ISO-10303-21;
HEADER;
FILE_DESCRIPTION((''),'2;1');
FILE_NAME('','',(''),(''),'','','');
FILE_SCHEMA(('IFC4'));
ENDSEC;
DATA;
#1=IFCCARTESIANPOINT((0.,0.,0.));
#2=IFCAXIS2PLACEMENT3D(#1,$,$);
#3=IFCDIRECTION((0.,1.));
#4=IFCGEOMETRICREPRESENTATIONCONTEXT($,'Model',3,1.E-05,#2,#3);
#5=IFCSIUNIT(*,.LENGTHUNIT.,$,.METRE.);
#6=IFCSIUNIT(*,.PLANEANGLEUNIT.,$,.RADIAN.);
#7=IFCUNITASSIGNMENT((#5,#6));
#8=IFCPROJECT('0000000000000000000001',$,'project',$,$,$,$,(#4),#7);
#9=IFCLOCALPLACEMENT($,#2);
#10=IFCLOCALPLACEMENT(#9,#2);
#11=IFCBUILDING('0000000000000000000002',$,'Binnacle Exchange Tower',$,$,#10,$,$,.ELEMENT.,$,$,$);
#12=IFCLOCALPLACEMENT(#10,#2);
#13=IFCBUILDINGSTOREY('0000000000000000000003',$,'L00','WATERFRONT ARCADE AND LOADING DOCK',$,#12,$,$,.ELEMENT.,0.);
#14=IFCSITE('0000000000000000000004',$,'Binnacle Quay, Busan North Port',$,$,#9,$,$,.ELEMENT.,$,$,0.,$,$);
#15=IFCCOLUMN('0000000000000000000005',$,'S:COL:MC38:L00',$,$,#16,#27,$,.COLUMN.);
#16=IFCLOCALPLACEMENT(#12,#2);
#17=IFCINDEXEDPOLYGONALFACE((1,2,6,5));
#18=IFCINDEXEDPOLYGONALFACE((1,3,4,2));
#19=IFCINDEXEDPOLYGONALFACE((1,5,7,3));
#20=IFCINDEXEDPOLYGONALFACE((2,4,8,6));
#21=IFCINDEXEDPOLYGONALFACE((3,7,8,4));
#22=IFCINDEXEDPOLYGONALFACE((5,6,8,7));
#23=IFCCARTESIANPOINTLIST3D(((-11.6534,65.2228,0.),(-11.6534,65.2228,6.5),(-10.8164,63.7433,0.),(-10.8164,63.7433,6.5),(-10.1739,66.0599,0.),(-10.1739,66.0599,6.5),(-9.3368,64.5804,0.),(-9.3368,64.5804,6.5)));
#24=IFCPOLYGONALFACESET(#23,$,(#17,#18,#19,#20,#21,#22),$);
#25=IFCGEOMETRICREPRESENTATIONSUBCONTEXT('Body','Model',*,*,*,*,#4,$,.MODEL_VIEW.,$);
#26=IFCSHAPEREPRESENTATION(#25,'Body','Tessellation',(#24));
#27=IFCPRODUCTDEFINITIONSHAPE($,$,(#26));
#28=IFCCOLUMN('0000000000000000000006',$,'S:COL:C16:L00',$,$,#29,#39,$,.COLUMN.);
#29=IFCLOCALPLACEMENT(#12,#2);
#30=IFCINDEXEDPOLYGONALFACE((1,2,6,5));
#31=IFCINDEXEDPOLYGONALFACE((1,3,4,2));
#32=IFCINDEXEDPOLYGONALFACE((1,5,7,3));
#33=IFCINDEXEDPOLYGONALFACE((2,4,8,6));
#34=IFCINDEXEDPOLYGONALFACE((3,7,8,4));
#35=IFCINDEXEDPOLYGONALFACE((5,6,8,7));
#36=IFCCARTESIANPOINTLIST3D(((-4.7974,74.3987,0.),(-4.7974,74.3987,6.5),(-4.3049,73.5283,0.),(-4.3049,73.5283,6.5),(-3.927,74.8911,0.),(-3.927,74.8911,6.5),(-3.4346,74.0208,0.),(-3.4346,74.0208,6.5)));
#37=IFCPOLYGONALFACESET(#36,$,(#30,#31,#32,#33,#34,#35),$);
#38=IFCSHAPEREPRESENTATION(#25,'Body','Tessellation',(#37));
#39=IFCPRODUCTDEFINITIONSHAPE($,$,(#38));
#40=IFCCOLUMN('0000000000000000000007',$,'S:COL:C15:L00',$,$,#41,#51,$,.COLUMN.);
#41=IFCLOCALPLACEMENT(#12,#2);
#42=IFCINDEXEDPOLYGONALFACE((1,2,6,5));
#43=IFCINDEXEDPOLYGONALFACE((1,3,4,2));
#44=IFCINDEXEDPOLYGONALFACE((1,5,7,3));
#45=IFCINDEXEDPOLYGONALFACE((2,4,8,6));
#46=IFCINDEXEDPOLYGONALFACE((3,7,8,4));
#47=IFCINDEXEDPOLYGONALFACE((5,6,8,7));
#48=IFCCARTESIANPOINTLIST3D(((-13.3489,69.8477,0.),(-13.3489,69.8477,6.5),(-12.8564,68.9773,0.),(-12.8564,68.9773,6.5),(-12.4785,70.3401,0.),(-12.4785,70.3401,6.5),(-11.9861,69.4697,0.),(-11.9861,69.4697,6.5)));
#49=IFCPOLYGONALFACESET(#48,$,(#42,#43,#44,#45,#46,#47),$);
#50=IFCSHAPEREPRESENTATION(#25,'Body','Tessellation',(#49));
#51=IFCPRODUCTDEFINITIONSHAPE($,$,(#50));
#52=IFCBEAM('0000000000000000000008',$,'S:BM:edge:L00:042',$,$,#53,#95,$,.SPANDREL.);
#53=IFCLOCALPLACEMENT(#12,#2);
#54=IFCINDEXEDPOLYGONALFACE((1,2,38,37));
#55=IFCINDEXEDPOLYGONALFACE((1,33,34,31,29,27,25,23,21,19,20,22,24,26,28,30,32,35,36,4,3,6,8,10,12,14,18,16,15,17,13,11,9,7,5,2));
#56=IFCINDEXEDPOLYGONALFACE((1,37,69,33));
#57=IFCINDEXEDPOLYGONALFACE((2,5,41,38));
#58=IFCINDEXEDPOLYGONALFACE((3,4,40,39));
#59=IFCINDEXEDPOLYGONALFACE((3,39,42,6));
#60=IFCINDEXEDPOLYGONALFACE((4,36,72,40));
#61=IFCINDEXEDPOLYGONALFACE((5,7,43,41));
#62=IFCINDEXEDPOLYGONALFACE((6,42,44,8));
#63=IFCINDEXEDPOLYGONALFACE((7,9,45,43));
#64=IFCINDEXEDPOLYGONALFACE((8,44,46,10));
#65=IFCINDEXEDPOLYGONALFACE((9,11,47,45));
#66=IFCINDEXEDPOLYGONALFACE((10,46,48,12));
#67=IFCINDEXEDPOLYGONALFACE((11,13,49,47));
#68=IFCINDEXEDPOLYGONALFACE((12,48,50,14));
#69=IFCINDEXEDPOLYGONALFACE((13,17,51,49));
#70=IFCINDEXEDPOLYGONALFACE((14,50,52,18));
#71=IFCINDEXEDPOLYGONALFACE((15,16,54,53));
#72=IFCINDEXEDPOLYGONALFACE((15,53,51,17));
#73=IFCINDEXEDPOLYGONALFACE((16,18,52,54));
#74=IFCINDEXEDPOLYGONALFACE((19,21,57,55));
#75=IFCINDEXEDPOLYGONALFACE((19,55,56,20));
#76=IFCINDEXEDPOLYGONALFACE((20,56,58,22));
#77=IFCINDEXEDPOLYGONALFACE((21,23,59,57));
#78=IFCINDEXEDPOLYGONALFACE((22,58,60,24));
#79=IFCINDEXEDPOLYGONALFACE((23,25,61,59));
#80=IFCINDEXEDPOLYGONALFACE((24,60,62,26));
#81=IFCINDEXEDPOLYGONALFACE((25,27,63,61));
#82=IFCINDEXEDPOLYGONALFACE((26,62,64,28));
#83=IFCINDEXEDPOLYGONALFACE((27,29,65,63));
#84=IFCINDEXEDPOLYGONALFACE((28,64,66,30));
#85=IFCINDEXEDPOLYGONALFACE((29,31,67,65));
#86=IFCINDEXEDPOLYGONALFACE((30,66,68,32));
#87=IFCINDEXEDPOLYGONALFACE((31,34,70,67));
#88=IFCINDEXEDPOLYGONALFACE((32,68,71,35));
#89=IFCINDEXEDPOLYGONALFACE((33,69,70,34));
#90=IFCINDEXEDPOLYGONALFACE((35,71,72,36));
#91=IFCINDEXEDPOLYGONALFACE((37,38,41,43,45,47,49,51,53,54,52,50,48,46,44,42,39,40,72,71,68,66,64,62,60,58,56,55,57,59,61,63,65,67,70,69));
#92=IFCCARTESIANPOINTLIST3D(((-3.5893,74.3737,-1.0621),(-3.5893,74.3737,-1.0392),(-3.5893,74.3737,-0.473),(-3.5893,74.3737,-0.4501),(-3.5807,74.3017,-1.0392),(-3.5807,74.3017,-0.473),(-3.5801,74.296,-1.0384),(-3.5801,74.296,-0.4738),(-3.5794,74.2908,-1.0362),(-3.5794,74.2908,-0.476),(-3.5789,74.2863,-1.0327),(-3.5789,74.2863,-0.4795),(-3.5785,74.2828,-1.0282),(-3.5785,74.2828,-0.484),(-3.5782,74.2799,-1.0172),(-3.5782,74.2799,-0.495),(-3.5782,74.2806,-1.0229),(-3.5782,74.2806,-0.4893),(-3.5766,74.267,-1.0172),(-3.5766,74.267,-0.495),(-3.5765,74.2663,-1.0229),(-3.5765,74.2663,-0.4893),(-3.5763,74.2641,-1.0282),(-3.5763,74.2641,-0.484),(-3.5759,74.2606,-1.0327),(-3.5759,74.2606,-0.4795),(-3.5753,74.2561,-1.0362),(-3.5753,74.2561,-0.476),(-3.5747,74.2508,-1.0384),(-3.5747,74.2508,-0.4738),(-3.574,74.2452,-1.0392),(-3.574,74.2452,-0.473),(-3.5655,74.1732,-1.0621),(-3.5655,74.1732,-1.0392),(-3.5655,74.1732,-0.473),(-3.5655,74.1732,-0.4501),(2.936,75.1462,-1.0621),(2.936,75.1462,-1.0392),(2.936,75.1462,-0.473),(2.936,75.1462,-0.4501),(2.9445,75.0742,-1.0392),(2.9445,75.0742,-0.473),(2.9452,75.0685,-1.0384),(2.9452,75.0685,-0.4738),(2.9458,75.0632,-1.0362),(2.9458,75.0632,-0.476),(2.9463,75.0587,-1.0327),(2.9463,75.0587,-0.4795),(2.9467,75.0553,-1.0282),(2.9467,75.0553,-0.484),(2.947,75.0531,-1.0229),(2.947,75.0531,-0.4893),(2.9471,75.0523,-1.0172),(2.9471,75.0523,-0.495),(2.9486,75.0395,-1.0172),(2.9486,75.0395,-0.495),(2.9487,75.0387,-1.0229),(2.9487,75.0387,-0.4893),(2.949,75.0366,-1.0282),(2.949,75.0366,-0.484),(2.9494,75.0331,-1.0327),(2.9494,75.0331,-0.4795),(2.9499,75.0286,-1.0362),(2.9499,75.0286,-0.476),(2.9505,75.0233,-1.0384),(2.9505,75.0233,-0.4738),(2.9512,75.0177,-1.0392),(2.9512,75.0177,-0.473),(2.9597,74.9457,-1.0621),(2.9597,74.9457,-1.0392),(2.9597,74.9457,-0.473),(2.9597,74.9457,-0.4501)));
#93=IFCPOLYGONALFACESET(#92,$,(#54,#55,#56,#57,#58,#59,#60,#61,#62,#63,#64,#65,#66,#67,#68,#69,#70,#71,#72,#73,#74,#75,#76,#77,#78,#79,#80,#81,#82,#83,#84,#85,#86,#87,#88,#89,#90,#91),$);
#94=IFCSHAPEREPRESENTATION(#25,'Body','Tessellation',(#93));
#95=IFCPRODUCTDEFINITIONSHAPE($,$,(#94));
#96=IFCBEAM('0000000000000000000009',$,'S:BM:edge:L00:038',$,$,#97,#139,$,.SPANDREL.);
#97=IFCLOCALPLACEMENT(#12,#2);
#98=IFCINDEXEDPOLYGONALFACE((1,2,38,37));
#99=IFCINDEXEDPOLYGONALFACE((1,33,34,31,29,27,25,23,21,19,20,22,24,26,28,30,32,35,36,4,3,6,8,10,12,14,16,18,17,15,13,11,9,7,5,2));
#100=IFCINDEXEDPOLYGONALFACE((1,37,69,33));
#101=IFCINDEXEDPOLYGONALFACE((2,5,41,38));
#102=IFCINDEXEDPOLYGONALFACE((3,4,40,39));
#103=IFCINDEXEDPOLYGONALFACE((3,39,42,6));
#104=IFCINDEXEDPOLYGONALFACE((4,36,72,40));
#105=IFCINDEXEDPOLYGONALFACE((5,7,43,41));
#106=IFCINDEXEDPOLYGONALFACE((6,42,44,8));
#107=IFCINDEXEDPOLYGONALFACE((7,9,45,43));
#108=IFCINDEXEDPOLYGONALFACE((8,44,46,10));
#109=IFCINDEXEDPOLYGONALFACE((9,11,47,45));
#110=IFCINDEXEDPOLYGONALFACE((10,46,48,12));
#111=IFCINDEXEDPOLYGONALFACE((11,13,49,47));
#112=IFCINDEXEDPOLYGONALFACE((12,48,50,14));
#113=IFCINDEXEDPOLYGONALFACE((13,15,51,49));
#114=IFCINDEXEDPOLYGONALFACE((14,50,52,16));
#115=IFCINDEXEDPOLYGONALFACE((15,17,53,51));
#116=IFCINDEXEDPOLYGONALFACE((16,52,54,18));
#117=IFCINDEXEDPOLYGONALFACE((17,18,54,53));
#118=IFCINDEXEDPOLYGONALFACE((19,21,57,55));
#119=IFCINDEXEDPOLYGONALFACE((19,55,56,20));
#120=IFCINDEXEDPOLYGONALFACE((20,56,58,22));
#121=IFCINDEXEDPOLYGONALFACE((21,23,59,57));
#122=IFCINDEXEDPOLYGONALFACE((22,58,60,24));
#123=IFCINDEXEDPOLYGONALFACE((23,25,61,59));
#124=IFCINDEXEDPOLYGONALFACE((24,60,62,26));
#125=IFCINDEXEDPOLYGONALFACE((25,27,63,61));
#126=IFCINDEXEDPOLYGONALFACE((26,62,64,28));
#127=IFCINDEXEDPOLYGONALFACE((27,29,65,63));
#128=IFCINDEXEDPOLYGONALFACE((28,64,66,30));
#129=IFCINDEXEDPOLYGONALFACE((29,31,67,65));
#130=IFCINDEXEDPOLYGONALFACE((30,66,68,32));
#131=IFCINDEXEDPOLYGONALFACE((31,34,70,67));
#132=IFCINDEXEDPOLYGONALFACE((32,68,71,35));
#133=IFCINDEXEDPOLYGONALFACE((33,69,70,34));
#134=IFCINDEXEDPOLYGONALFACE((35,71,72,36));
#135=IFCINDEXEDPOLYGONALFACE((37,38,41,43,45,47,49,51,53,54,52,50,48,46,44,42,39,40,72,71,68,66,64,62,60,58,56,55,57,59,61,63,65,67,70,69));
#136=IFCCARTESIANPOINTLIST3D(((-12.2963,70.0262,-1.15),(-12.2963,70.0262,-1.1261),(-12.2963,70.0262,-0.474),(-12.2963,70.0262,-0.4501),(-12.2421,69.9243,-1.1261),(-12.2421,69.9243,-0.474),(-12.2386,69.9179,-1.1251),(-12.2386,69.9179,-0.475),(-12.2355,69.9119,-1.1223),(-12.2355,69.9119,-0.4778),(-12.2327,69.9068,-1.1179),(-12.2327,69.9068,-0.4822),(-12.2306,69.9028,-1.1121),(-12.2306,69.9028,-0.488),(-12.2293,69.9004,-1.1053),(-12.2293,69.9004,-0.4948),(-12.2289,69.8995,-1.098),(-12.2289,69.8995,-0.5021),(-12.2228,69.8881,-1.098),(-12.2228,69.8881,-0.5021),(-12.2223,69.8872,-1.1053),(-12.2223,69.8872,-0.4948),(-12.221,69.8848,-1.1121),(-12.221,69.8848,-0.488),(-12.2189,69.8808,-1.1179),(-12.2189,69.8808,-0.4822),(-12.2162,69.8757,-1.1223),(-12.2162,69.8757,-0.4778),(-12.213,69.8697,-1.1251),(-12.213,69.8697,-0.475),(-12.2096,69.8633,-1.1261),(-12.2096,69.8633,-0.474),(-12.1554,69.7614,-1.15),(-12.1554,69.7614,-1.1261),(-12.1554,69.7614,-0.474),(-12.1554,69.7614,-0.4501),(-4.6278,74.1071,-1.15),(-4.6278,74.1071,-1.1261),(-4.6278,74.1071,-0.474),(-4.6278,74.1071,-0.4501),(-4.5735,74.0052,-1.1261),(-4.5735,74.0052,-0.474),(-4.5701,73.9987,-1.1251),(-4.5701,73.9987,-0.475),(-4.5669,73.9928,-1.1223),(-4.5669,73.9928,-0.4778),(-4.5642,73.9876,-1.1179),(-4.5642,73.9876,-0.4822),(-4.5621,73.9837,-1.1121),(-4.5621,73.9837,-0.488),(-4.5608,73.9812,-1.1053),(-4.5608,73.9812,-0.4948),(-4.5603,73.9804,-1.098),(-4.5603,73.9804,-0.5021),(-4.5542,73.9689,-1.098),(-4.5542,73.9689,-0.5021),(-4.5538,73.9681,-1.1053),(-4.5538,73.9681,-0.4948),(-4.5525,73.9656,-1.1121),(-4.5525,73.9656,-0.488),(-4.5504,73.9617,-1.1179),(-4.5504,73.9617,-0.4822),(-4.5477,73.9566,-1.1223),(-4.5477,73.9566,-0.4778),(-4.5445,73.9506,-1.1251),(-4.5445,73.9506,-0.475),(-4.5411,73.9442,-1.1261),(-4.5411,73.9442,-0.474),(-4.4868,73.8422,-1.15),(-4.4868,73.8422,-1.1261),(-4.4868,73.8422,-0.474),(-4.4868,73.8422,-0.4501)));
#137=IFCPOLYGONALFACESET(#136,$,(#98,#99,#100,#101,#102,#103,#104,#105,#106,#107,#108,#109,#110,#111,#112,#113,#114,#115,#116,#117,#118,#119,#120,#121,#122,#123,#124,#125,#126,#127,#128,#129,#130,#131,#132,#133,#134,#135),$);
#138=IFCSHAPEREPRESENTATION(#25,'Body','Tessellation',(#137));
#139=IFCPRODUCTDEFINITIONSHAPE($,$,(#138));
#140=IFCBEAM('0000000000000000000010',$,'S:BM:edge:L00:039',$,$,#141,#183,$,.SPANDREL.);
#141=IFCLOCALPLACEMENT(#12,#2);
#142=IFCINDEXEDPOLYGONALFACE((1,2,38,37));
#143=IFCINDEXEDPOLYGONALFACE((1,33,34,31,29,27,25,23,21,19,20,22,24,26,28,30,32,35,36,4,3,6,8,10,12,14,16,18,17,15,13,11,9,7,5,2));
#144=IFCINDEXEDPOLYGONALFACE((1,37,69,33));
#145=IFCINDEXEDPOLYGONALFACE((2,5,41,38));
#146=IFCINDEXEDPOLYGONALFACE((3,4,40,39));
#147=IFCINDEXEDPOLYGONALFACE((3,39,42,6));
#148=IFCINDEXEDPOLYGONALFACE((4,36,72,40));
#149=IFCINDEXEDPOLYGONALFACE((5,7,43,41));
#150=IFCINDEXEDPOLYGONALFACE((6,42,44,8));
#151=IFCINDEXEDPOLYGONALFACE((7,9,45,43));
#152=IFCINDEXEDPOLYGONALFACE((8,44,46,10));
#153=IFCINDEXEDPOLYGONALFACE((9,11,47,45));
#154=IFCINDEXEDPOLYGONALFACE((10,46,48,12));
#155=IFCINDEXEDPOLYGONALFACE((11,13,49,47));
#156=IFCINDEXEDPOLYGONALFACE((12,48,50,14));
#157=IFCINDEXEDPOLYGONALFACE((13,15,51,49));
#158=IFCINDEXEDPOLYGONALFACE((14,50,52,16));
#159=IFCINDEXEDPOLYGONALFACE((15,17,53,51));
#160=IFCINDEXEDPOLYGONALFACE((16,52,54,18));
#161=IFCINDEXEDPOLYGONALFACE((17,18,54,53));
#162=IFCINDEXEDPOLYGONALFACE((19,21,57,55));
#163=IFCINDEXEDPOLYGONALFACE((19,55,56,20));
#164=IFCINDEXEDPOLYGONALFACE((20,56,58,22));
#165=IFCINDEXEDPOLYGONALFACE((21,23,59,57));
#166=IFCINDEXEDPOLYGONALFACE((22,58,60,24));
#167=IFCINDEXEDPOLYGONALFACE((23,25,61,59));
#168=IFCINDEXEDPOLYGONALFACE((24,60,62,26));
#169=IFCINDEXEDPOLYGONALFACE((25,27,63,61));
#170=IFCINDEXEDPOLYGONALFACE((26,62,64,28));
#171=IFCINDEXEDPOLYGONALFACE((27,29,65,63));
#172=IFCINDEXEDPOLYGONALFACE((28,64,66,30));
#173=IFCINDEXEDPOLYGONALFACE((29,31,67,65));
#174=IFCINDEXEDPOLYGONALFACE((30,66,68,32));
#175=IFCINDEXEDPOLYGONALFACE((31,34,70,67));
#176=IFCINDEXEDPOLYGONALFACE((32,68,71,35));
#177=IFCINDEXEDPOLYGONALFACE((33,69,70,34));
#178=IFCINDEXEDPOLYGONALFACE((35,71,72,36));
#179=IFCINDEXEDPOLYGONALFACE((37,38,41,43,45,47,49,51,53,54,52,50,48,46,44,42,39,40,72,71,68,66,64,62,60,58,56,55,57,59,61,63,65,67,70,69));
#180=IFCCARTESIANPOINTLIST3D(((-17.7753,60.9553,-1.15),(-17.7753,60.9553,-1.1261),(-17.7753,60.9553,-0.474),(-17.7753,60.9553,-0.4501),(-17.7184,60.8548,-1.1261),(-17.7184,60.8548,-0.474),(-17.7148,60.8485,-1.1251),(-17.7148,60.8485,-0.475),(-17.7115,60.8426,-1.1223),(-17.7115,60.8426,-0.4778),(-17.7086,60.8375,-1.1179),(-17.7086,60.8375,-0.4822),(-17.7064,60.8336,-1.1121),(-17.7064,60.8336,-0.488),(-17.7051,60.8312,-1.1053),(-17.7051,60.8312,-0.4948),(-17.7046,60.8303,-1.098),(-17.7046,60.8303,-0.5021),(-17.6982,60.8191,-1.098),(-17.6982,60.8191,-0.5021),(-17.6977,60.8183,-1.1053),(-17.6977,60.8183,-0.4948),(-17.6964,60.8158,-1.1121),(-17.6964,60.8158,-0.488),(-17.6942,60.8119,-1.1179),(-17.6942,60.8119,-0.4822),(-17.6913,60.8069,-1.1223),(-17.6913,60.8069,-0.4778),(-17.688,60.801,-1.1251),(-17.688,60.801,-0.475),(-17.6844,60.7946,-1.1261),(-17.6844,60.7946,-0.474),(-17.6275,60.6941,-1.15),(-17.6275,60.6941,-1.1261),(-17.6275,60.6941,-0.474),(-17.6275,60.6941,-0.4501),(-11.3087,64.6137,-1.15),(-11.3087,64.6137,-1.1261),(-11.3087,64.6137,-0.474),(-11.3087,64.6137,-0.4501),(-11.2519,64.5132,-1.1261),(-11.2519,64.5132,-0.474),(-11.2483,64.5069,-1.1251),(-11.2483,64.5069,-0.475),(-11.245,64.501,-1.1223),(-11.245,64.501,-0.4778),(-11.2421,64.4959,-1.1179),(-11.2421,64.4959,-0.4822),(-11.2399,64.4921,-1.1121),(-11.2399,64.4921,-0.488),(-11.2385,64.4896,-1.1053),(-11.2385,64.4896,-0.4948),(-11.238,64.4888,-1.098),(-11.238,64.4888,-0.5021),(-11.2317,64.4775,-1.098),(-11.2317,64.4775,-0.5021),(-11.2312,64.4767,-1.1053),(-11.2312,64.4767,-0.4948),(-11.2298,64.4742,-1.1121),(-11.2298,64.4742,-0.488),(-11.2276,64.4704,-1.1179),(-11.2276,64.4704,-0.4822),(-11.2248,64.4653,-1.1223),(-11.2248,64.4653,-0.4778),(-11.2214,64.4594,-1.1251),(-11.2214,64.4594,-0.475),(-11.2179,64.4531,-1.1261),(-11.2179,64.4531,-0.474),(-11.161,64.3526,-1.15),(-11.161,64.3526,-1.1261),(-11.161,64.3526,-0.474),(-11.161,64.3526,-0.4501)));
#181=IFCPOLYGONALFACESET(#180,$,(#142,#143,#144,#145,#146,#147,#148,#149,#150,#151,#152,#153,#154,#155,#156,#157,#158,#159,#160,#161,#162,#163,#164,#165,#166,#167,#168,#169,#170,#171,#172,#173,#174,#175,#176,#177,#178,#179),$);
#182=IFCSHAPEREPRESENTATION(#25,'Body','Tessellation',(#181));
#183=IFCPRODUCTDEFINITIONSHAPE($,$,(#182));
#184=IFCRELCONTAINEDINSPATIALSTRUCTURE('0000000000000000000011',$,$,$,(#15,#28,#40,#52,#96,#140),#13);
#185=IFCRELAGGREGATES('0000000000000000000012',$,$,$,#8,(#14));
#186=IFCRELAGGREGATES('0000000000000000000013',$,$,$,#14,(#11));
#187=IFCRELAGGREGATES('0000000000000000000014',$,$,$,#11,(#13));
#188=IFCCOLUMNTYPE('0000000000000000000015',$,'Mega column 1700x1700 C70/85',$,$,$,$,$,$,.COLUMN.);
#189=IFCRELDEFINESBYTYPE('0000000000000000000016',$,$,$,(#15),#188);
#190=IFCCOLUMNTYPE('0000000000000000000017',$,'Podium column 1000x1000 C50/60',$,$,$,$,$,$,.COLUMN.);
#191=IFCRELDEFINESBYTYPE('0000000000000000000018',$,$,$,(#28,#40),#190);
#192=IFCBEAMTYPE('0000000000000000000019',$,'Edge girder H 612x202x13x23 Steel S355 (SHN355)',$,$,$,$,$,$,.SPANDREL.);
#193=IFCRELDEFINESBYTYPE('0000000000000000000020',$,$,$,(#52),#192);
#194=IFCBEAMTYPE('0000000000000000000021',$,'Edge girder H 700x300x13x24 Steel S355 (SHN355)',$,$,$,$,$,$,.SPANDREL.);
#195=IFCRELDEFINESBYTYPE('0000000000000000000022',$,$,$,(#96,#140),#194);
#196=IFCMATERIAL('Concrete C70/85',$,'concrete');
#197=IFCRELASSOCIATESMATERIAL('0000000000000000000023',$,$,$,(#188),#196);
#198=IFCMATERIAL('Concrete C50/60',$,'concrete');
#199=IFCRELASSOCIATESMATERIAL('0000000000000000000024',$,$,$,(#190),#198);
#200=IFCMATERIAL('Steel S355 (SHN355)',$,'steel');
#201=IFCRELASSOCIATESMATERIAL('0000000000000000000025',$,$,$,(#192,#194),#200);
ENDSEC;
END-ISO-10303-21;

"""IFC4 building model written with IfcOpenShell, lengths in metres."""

from ifc_helpers import new_model, si_unit, direction, frame, origin, origin_2d, place, context, subcontext, project, spatial, rectangle, i_section, extrude, material, material_profile, profile_set, type_object, element, save


model = new_model("IFC4")

# Units and contexts
model_context = context("Model", 3, precision=1e-05, world=origin(), true_north=direction((0.0, 1.0)))
body_context = subcontext(model_context, "Body", "Model", "MODEL_VIEW")
ifc_project = project(units=[si_unit("LENGTHUNIT", "METRE"), si_unit("PLANEANGLEUNIT", "RADIAN")], contexts=[model_context])

# Site, building, storey
site_placement = place(None, origin())
site = spatial("IfcSite", under=ifc_project, at=site_placement, Name="Binnacle Quay, Busan North Port", CompositionType="ELEMENT", RefElevation=0.0)
building_placement = place(site_placement, origin())
building = spatial("IfcBuilding", under=site, at=building_placement, Name="Binnacle Exchange Tower", CompositionType="ELEMENT")
storey_placement = place(building_placement, origin())
storey = spatial("IfcBuildingStorey", under=building, at=storey_placement, Name="L00", Description="WATERFRONT ARCADE AND LOADING DOCK", CompositionType="ELEMENT", Elevation=0.0)

# Columns
ifc_material_1 = material(Name="Concrete C70/85", Category="concrete")
ifc_material_profile_1 = material_profile(ifc_material_1, rectangle(XDim=1.7, YDim=1.7, at=origin_2d()), Name="Mega column 1700x1700 C70/85")
ifc_profile_set_1 = profile_set([ifc_material_profile_1], Name="Concrete C70/85")
column_type_1 = type_object("IfcColumnType", Name="Mega column 1700x1700 C70/85", PredefinedType="COLUMN", material=ifc_profile_set_1)
column_placement = place(storey_placement, frame((-10.4951, 64.9016, 0.0), z_axis=(0.0, 0.0, 1.0), x_axis=(-0.870356, -0.492424, 0.0)))
element("IfcColumn", 1, at=column_placement, inside=storey, type_object=column_type_1, Name="S:COL:MC38:L00", PredefinedType="COLUMN", context=body_context, shape_type="SweptSolid", body=[
    extrude(rectangle(XDim=1.7, YDim=1.7, at=origin_2d()), origin(), (0.0, 0.0, 1.0), 6.5),
])
ifc_material_2 = material(Name="Concrete C50/60", Category="concrete")
ifc_material_profile_2 = material_profile(ifc_material_2, rectangle(XDim=1.0, YDim=1.0, at=origin_2d()), Name="Podium column 1000x1000 C50/60")
ifc_profile_set_2 = profile_set([ifc_material_profile_2], Name="Concrete C50/60")
column_type_2 = type_object("IfcColumnType", Name="Podium column 1000x1000 C50/60", PredefinedType="COLUMN", material=ifc_profile_set_2)
for number, where, z_axis, x_axis, name in (
    (2, (-4.116, 74.2097, 0.0), (0.0, 0.0, 1.0), (-0.870356, -0.492424, 0.0), "S:COL:C16:L00"),
    (3, (-12.6675, 69.6587, 0.0), (0.0, 0.0, 1.0), (-0.870356, -0.492424, 0.0), "S:COL:C15:L00"),
):
    element("IfcColumn", number, at=place(storey_placement, frame(where, z_axis=z_axis, x_axis=x_axis)), inside=storey, type_object=column_type_2, Name=name, PredefinedType="COLUMN", context=body_context, shape_type="SweptSolid", body=[
        extrude(rectangle(XDim=1.0, YDim=1.0, at=origin_2d()), origin(), (0.0, 0.0, 1.0), 6.5),
    ])

# Beams
ifc_material_3 = material(Name="Steel S355 (SHN355)", Category="steel")
ifc_material_profile_3 = material_profile(ifc_material_3, i_section(OverallWidth=0.2019, OverallDepth=0.6121, WebThickness=0.0129, FlangeThickness=0.0229, FilletRadius=0.022, at=origin_2d()), Name="H 612x202x13x23")
ifc_profile_set_3 = profile_set([ifc_material_profile_3], Name="Steel S355 (SHN355)")
beam_type_1 = type_object("IfcBeamType", Name="Edge girder H 612x202x13x23 Steel S355 (SHN355)", PredefinedType="SPANDREL", material=ifc_profile_set_3)
beam_1_placement = place(storey_placement, frame((-3.5774, 74.2734, -0.7561), z_axis=(0.993066, 0.117561, 0.0), x_axis=(-0.117561, 0.993066, 0.0)))
element("IfcBeam", 4, at=beam_1_placement, inside=storey, type_object=beam_type_1, Name="S:BM:edge:L00:042", PredefinedType="SPANDREL", context=body_context, shape_type="SweptSolid", body=[
    extrude(i_section(OverallWidth=0.2019, OverallDepth=0.6121, WebThickness=0.0129, FlangeThickness=0.0229, FilletRadius=0.022, at=origin_2d()), origin(), (0.0, 0.0, 1.0), 6.5708),
])
ifc_material_profile_4 = material_profile(ifc_material_3, i_section(OverallWidth=0.3, OverallDepth=0.7, WebThickness=0.0129, FlangeThickness=0.0239, FilletRadius=0.0281, at=origin_2d()), Name="H 700x300x13x24")
ifc_profile_set_4 = profile_set([ifc_material_profile_4], Name="Steel S355 (SHN355)")
beam_type_2 = type_object("IfcBeamType", Name="Edge girder H 700x300x13x24 Steel S355 (SHN355)", PredefinedType="SPANDREL", material=ifc_profile_set_4)
beam_2_placement = place(storey_placement, frame((-12.2258, 69.8938, -0.8), z_axis=(0.882784, 0.469778, 0.0), x_axis=(-0.469778, 0.882784, 0.0)))
element("IfcBeam", 5, at=beam_2_placement, inside=storey, type_object=beam_type_2, Name="S:BM:edge:L00:038", PredefinedType="SPANDREL", context=body_context, shape_type="SweptSolid", body=[
    extrude(i_section(OverallWidth=0.3, OverallDepth=0.7, WebThickness=0.0129, FlangeThickness=0.0239, FilletRadius=0.0281, at=origin_2d()), origin(), (0.0, 0.0, 1.0), 8.6868),
])
beam_3_placement = place(storey_placement, frame((-11.2349, 64.4832, -0.8), z_axis=(-0.870364, -0.492408, 0.0), x_axis=(0.492408, -0.870364, 0.0)))
element("IfcBeam", 6, at=beam_3_placement, inside=storey, type_object=beam_type_2, Name="S:BM:edge:L00:039", PredefinedType="SPANDREL", context=body_context, shape_type="SweptSolid", body=[
    extrude(i_section(OverallWidth=0.3, OverallDepth=0.7, WebThickness=0.0129, FlangeThickness=0.0239, FilletRadius=0.0281, at=origin_2d()), origin(), (0.0, 0.0, 1.0), 7.4297),
])

save(model, "model.ifc")
